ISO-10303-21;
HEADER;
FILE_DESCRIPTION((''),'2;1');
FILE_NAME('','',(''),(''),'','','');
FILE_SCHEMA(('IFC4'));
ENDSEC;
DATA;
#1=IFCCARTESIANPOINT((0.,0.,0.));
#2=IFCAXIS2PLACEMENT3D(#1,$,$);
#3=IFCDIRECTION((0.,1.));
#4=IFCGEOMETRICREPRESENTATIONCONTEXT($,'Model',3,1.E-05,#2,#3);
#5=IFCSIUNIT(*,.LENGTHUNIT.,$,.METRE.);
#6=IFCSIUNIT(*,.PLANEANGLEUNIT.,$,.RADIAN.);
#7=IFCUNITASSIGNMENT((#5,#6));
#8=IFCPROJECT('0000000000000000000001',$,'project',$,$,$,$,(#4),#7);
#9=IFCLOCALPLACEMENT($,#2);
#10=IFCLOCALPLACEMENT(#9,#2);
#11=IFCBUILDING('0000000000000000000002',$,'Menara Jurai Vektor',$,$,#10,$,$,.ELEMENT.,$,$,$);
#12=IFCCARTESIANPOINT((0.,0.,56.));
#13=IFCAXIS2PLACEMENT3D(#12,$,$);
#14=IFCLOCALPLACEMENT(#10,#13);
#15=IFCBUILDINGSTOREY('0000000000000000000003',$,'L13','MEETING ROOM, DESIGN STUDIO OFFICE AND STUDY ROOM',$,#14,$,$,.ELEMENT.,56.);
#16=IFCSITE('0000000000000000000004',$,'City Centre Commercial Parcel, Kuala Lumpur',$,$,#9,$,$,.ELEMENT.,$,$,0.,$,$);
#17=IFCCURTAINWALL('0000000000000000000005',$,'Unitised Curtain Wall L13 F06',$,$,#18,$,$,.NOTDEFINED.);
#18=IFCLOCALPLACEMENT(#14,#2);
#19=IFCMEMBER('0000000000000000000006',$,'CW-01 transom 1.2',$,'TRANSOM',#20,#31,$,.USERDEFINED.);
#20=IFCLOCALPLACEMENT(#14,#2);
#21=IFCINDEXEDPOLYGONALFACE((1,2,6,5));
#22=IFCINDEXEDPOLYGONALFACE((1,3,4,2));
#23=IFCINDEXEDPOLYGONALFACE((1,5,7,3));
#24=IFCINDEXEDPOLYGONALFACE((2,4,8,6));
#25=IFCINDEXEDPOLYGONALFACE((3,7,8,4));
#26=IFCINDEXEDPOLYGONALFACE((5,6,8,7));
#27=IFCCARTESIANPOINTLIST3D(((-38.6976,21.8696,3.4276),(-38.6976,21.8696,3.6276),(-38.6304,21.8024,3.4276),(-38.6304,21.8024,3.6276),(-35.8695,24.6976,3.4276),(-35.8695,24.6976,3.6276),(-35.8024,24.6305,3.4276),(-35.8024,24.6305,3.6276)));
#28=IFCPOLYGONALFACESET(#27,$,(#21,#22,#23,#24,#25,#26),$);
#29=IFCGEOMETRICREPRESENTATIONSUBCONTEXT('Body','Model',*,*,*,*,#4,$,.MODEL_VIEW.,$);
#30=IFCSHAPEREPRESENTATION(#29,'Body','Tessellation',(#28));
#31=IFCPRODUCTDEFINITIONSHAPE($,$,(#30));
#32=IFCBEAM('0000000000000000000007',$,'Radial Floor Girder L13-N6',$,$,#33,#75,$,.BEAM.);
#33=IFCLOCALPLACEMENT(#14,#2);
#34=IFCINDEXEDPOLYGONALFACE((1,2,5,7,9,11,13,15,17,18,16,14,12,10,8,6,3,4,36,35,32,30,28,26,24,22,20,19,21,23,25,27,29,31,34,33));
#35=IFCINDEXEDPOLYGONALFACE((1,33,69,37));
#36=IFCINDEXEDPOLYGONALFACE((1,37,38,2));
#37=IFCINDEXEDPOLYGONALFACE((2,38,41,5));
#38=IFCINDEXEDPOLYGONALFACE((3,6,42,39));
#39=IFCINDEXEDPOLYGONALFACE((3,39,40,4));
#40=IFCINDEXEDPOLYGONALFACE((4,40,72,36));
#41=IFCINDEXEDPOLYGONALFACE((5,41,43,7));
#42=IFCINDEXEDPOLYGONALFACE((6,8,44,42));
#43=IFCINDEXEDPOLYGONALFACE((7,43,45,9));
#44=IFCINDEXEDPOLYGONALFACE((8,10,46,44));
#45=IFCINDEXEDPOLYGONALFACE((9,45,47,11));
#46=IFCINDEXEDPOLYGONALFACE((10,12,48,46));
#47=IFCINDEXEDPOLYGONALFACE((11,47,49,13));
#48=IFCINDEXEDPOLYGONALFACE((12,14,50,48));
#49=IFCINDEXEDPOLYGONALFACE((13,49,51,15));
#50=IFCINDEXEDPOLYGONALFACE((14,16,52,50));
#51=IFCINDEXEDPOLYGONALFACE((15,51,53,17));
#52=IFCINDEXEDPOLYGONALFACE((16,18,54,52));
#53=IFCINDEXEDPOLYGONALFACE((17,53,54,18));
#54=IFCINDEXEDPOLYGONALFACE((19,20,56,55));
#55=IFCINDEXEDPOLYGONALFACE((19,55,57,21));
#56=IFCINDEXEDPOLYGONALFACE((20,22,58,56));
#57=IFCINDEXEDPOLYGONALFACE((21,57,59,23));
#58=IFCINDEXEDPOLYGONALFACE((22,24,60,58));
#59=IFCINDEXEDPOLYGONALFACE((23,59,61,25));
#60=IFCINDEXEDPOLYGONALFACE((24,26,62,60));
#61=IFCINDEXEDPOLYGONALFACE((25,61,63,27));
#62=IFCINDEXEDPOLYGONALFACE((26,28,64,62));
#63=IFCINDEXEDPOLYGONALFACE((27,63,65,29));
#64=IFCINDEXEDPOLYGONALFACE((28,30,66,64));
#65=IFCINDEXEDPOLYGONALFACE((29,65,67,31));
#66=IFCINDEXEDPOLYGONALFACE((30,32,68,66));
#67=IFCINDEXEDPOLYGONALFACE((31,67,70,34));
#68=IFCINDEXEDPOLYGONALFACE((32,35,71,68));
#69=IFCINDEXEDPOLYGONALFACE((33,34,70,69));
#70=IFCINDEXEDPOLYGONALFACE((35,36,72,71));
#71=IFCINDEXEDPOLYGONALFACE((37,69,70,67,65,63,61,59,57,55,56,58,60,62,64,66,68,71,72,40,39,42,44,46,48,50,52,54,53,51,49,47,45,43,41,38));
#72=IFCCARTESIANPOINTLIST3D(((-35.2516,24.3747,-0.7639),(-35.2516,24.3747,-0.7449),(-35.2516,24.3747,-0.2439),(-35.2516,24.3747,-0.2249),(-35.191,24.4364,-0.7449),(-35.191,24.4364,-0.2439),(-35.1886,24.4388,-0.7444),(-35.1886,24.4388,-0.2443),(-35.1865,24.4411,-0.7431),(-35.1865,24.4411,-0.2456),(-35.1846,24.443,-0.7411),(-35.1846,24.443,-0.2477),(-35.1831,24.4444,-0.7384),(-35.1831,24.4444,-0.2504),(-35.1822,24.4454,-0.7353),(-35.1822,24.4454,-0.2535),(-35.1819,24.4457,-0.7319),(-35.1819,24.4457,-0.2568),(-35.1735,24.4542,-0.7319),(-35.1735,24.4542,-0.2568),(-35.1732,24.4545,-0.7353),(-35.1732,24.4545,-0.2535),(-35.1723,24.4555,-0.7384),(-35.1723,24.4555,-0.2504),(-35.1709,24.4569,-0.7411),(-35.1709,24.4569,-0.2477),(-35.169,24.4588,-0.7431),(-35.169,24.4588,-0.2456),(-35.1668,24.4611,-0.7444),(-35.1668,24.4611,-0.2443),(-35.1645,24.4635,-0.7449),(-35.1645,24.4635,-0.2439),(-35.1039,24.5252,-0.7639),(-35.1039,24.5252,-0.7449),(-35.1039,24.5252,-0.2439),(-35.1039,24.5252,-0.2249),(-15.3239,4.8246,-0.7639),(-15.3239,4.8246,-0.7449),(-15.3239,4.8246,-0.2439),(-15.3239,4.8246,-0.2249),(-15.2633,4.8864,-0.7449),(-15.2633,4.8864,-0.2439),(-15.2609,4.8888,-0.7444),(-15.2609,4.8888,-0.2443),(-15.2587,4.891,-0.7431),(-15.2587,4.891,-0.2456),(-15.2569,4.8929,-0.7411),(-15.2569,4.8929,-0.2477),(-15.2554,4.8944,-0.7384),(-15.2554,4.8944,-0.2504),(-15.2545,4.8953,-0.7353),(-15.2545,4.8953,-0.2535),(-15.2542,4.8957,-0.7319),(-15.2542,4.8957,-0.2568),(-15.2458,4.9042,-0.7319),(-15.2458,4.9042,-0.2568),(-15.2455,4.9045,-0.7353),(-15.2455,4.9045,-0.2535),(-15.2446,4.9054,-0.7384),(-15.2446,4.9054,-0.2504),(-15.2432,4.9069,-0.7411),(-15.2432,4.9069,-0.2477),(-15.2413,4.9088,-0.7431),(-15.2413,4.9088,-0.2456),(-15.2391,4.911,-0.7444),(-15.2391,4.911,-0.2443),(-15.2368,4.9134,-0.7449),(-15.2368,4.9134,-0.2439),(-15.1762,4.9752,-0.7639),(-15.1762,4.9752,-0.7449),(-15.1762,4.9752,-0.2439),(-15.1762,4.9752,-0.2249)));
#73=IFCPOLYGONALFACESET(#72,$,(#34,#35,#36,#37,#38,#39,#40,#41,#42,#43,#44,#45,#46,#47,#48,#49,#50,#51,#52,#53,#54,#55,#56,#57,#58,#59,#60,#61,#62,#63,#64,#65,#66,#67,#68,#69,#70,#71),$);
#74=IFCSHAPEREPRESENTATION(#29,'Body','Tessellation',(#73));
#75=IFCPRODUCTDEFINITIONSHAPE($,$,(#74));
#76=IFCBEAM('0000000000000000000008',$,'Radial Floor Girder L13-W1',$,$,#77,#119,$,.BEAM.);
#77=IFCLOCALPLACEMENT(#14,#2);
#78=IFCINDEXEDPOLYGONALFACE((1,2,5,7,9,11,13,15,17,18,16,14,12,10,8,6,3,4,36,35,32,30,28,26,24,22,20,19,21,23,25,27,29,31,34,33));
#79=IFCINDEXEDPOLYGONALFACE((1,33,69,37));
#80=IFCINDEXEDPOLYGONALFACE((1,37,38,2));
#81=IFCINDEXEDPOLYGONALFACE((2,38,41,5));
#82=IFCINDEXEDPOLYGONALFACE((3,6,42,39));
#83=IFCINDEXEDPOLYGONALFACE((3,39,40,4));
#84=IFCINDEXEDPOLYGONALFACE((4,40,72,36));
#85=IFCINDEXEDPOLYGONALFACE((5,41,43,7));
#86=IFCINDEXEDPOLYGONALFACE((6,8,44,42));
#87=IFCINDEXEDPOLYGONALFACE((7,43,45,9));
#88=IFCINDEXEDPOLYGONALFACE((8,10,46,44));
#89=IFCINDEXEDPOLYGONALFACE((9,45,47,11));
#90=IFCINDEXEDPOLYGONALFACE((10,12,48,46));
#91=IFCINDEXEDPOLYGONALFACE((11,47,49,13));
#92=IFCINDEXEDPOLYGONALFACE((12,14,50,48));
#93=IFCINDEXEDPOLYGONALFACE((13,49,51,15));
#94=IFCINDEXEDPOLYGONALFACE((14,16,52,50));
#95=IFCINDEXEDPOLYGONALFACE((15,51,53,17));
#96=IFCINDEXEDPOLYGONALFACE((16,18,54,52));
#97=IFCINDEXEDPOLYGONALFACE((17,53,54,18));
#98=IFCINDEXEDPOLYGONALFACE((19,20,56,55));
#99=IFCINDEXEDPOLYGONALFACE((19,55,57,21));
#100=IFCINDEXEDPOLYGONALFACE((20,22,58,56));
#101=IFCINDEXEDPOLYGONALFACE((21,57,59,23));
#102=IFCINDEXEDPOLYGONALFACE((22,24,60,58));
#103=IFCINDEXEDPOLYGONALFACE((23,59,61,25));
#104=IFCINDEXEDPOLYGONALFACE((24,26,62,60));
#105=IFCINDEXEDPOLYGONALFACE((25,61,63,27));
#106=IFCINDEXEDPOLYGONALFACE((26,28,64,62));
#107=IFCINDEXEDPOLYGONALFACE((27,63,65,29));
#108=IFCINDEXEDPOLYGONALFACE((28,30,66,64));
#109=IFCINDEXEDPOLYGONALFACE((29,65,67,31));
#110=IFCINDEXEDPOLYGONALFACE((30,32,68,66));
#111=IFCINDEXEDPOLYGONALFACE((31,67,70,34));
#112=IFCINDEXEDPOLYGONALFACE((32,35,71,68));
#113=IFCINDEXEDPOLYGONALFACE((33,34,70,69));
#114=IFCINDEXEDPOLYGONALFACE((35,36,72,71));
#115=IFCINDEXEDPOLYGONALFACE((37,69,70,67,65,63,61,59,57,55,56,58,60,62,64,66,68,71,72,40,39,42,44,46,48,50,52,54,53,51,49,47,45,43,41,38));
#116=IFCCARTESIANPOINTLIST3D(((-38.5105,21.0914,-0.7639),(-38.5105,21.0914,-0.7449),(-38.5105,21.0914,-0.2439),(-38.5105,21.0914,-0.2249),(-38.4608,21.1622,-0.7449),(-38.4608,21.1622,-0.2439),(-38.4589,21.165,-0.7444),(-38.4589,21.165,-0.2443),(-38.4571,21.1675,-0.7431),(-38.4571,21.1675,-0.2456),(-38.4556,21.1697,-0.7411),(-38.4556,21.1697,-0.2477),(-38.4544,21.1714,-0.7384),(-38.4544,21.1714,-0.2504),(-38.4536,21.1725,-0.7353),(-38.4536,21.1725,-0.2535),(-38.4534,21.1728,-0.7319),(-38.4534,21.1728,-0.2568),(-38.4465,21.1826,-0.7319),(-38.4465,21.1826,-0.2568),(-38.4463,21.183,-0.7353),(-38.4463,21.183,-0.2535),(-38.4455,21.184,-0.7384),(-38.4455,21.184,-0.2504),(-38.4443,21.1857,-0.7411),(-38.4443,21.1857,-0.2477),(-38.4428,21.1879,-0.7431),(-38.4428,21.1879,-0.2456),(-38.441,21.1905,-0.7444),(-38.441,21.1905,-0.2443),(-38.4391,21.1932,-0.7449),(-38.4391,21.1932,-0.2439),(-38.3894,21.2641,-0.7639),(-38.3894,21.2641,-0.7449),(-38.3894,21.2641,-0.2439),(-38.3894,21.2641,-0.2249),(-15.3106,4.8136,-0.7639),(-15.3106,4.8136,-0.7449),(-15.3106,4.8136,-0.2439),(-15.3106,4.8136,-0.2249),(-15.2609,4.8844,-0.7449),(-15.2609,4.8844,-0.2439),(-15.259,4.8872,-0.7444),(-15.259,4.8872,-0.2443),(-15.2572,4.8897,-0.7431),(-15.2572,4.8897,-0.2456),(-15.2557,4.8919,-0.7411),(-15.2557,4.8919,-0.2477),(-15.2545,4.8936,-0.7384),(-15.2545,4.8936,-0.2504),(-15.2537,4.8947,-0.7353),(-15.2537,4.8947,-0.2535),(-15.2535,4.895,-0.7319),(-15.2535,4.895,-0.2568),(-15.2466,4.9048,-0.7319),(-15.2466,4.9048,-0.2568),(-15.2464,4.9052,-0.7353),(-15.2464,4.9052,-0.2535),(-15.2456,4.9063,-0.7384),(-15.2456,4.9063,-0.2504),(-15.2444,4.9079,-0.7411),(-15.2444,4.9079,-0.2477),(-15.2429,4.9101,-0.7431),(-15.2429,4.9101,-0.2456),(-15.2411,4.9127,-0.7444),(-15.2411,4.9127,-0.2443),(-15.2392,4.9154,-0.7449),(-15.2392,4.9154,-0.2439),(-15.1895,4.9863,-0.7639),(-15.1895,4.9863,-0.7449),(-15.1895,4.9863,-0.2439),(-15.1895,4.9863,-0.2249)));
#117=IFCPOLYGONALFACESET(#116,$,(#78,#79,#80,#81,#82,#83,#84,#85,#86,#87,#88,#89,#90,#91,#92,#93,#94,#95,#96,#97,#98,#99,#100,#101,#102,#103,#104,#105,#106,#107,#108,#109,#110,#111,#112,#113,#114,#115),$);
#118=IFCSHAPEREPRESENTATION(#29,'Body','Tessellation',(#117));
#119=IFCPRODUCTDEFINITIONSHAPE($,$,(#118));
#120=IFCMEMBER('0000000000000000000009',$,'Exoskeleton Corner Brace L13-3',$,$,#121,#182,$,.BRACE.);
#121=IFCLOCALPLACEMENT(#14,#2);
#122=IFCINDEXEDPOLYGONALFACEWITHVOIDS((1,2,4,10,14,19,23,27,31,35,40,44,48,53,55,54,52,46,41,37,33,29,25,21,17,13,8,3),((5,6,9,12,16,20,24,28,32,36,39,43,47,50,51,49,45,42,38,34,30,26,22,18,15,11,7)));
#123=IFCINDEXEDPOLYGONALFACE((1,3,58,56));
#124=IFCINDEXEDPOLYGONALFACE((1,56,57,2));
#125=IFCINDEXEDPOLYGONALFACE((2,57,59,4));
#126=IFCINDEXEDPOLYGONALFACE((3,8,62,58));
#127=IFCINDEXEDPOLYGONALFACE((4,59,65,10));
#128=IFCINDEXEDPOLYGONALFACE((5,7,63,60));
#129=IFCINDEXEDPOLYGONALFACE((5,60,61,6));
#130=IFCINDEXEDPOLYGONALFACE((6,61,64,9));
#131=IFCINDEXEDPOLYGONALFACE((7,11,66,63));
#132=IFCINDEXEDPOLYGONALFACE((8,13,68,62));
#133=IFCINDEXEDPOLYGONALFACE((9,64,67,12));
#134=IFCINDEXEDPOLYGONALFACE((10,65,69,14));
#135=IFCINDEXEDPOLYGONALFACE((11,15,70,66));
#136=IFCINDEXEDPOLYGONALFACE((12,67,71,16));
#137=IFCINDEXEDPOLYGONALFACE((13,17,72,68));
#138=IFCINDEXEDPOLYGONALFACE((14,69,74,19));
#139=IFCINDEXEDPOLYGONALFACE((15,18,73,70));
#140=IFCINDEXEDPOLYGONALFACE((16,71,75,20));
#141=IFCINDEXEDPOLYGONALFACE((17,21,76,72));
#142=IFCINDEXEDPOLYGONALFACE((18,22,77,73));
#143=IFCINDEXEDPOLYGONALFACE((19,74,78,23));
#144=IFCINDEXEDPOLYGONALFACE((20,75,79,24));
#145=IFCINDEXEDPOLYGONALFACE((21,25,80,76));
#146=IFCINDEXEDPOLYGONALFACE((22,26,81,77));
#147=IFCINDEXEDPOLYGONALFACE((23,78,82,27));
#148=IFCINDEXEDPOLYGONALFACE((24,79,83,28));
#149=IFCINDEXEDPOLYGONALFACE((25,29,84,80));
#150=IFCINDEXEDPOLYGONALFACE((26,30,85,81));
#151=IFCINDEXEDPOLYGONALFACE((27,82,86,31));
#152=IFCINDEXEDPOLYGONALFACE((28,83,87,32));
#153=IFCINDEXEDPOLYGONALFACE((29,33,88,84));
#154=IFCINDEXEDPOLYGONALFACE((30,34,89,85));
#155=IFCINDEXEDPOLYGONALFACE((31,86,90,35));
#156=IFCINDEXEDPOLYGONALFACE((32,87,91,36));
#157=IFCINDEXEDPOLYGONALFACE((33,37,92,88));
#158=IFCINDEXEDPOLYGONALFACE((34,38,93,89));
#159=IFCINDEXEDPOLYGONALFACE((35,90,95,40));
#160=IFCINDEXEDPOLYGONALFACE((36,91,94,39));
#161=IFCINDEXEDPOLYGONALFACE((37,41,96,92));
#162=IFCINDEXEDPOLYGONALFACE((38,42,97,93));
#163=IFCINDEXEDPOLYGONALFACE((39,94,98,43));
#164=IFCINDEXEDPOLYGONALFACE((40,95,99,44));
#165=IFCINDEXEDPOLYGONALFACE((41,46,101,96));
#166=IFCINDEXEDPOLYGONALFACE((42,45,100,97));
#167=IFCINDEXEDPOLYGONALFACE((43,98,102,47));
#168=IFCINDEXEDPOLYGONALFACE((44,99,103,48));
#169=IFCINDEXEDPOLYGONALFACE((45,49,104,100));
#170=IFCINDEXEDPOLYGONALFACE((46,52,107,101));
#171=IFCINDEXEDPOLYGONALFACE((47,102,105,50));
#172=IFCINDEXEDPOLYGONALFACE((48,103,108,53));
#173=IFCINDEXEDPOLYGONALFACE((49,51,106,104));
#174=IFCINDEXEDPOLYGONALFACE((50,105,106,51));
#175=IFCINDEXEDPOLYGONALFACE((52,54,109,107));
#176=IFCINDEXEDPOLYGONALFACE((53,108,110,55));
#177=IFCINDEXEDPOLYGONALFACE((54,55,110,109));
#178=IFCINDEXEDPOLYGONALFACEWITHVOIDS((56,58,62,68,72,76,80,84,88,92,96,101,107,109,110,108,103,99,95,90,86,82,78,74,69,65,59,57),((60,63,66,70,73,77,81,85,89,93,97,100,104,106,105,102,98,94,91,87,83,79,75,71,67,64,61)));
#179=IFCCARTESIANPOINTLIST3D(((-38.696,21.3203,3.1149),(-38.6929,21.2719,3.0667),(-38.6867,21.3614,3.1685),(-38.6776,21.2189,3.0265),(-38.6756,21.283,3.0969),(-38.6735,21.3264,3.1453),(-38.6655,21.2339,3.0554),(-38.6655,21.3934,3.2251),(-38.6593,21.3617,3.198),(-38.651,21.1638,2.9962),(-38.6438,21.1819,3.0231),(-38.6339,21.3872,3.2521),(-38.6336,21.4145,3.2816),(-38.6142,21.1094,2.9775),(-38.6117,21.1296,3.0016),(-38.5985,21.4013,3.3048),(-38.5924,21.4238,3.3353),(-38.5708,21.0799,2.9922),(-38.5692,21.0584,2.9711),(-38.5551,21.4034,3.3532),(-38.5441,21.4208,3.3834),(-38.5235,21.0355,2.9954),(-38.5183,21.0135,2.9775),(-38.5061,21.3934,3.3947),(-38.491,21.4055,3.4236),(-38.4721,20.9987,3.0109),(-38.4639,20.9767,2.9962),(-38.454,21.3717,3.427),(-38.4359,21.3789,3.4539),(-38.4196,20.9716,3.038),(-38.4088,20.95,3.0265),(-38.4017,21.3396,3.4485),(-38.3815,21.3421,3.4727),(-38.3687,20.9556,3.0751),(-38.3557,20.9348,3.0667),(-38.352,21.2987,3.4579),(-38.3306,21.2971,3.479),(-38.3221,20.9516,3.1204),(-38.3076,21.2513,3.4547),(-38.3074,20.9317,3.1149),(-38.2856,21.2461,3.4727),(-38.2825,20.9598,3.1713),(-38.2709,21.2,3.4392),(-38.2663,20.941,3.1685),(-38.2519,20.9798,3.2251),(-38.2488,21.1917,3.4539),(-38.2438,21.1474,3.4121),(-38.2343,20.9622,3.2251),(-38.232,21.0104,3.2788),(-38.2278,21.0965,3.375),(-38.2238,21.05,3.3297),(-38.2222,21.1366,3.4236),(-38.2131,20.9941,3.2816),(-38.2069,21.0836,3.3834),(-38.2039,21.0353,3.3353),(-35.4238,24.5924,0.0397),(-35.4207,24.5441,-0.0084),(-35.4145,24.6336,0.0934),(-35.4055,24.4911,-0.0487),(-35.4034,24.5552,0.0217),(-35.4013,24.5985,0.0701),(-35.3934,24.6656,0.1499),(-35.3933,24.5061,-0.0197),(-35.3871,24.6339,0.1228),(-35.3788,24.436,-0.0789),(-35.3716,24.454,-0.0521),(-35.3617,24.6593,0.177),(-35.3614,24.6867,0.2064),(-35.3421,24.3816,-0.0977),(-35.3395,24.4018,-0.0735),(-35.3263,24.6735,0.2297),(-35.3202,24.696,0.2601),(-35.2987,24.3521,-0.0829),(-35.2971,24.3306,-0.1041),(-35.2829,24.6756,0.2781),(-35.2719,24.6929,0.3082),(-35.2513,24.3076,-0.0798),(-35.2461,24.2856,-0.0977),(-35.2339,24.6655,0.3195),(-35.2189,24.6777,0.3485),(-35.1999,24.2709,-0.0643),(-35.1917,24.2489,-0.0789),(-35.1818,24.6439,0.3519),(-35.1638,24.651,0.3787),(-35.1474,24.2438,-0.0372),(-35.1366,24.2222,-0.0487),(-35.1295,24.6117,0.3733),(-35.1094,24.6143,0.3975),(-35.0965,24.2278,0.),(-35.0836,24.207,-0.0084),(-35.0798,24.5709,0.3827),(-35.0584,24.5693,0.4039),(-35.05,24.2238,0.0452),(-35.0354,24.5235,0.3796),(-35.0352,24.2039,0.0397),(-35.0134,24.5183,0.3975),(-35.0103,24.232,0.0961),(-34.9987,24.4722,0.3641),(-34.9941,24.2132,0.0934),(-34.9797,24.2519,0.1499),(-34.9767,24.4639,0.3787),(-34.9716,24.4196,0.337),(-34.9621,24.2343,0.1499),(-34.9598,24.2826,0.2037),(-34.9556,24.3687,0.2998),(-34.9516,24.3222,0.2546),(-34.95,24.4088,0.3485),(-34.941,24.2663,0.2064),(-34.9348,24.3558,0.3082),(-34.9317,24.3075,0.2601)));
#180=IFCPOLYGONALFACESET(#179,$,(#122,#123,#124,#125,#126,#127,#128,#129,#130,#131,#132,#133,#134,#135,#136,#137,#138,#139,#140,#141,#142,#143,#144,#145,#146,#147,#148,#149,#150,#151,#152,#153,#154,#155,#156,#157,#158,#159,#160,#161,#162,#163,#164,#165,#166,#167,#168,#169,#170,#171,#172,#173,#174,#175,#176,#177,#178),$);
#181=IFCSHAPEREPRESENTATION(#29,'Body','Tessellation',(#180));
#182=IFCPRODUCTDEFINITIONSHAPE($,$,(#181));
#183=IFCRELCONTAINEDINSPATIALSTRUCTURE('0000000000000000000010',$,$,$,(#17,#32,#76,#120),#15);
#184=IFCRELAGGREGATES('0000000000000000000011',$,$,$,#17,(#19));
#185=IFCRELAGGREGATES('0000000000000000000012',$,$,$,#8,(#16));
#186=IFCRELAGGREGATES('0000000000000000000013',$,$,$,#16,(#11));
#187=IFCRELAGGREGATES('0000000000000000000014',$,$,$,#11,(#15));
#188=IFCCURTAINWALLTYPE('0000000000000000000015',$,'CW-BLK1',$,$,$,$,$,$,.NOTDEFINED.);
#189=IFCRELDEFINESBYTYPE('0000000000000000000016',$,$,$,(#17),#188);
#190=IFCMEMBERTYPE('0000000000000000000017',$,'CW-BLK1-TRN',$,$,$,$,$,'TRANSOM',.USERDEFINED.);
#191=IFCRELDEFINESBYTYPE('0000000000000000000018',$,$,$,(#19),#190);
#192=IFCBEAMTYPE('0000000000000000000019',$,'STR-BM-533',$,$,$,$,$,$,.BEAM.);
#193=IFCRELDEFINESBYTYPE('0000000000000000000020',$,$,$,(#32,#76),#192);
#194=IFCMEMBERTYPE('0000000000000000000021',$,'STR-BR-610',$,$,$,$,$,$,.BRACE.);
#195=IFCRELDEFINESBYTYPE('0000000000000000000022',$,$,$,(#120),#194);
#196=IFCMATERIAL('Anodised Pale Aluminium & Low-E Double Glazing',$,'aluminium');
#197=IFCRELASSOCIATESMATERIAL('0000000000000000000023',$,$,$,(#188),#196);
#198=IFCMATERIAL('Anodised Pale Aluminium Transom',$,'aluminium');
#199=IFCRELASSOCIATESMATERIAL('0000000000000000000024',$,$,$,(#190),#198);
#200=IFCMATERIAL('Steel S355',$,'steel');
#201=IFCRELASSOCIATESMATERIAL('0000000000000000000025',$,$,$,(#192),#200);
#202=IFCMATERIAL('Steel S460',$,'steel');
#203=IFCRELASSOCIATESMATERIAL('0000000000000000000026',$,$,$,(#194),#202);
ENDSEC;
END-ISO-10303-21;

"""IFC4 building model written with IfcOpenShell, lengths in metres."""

from ifc_helpers import new_model, si_unit, direction, frame, origin, origin_2d, place, context, subcontext, project, spatial, rectangle, hollow_circle, i_section, extrude, material, material_profile, profile_set, type_object, element, aggregate, save


model = new_model("IFC4")

# Units and contexts
model_context = context("Model", 3, precision=1e-05, world=origin(), true_north=direction((0.0, 1.0)))
body_context = subcontext(model_context, "Body", "Model", "MODEL_VIEW")
ifc_project = project(units=[si_unit("LENGTHUNIT", "METRE"), si_unit("PLANEANGLEUNIT", "RADIAN")], contexts=[model_context])

# Site, building, storey
site_placement = place(None, origin())
site = spatial("IfcSite", under=ifc_project, at=site_placement, Name="City Centre Commercial Parcel, Kuala Lumpur", CompositionType="ELEMENT", RefElevation=0.0)
building_placement = place(site_placement, origin())
building = spatial("IfcBuilding", under=site, at=building_placement, Name="Menara Jurai Vektor", CompositionType="ELEMENT")
storey_placement = place(building_placement, frame((0.0, 0.0, 56.0)))
storey = spatial("IfcBuildingStorey", under=building, at=storey_placement, Name="L13", Description="MEETING ROOM, DESIGN STUDIO OFFICE AND STUDY ROOM", CompositionType="ELEMENT", Elevation=56.0)

# Shared definitions
ifc_material_1 = material(Name="Steel S460", Category="steel")

# Curtain wall
ifc_material_2 = material(Name="Anodised Pale Aluminium & Low-E Double Glazing", Category="aluminium")
curtain_wall_type = type_object("IfcCurtainWallType", Name="CW-BLK1", PredefinedType="NOTDEFINED", material=ifc_material_2)
curtain_wall_1_placement = place(storey_placement, origin())
curtain_wall_1 = element("IfcCurtainWall", 1, at=curtain_wall_1_placement, inside=storey, type_object=curtain_wall_type, Name="Unitised Curtain Wall L13 F06", PredefinedType="NOTDEFINED")

# Member
ifc_material_3 = material(Name="Anodised Pale Aluminium Transom", Category="aluminium")
ifc_material_profile_1 = material_profile(ifc_material_3, rectangle(XDim=0.095, YDim=0.2, at=origin_2d()), Name="ALU TRN 95x200")
ifc_profile_set_1 = profile_set([ifc_material_profile_1], Name="Anodised Pale Aluminium Transom")
member_type_1 = type_object("IfcMemberType", Name="CW-BLK1-TRN", ElementType="TRANSOM", PredefinedType="USERDEFINED", material=ifc_profile_set_1)
member_1_placement = place(storey_placement, frame((-35.8359, 24.6641, 3.5276), z_axis=(-0.707107, -0.707107, 0.0), x_axis=(0.707107, -0.707107, 0.0)))
member_1 = element("IfcMember", 2, at=member_1_placement, type_object=member_type_1, Name="CW-01 transom 1.2", ObjectType="TRANSOM", PredefinedType="USERDEFINED", context=body_context, shape_type="SweptSolid", body=[
    extrude(rectangle(XDim=0.095, YDim=0.2, at=origin_2d()), origin(), (0.0, 0.0, 1.0), 3.9995),
])

# Beams
ifc_material_4 = material(Name="Steel S355", Category="steel")
ifc_material_profile_2 = material_profile(ifc_material_4, i_section(OverallWidth=0.2109, OverallDepth=0.5391, WebThickness=0.012, FlangeThickness=0.019, FilletRadius=0.0129, at=origin_2d()), Name="UKB 533x210x109")
ifc_profile_set_2 = profile_set([ifc_material_profile_2], Name="Steel S355")
beam_type_1 = type_object("IfcBeamType", Name="STR-BM-533", PredefinedType="BEAM", material=ifc_profile_set_2)
beam_1_placement = place(storey_placement, frame((-35.1777, 24.45, -0.4944), z_axis=(0.713839, -0.70031, 0.0), x_axis=(0.70031, 0.713839, 0.0)))
element("IfcBeam", 3, at=beam_1_placement, inside=storey, type_object=beam_type_1, Name="Radial Floor Girder L13-N6", PredefinedType="BEAM", context=body_context, shape_type="SweptSolid", body=[
    extrude(i_section(OverallWidth=0.2109, OverallDepth=0.5391, WebThickness=0.012, FlangeThickness=0.019, FilletRadius=0.0129, at=origin_2d()), origin(), (0.0, 0.0, 1.0), 27.9163),
])
beam_2_placement = place(storey_placement, frame((-38.45, 21.1777, -0.4944), z_axis=(0.818604, -0.574359, 0.0), x_axis=(0.574359, 0.818604, 0.0)))
element("IfcBeam", 4, at=beam_2_placement, inside=storey, type_object=beam_type_1, Name="Radial Floor Girder L13-W1", PredefinedType="BEAM", context=body_context, shape_type="SweptSolid", body=[
    extrude(i_section(OverallWidth=0.2109, OverallDepth=0.5391, WebThickness=0.012, FlangeThickness=0.019, FilletRadius=0.0129, at=origin_2d()), origin(), (0.0, 0.0, 1.0), 28.3408),
])

# Member
ifc_material_profile_3 = material_profile(ifc_material_1, hollow_circle(Radius=0.3049, WallThickness=0.0249, at=origin_2d()), Name="CHS 610x25")
ifc_profile_set_3 = profile_set([ifc_material_profile_3], Name="Steel S460")
member_type_2 = type_object("IfcMemberType", Name="STR-BR-610", PredefinedType="BRACE", material=ifc_profile_set_3)
member_2_placement = place(storey_placement, frame((-35.1777, 24.45, 0.1499), z_axis=(-0.588928, -0.588928, 0.553469), x_axis=(0.707107, -0.707107, 0.0)))
element("IfcMember", 5, at=member_2_placement, inside=storey, type_object=member_type_2, Name="Exoskeleton Corner Brace L13-3", PredefinedType="BRACE", context=body_context, shape_type="SweptSolid", body=[
    extrude(hollow_circle(Radius=0.3049, WallThickness=0.0249, at=origin_2d()), origin(), (0.0, 0.0, 1.0), 5.5562),
])

aggregate(curtain_wall_1, [member_1])

save(model, "model.ifc")
